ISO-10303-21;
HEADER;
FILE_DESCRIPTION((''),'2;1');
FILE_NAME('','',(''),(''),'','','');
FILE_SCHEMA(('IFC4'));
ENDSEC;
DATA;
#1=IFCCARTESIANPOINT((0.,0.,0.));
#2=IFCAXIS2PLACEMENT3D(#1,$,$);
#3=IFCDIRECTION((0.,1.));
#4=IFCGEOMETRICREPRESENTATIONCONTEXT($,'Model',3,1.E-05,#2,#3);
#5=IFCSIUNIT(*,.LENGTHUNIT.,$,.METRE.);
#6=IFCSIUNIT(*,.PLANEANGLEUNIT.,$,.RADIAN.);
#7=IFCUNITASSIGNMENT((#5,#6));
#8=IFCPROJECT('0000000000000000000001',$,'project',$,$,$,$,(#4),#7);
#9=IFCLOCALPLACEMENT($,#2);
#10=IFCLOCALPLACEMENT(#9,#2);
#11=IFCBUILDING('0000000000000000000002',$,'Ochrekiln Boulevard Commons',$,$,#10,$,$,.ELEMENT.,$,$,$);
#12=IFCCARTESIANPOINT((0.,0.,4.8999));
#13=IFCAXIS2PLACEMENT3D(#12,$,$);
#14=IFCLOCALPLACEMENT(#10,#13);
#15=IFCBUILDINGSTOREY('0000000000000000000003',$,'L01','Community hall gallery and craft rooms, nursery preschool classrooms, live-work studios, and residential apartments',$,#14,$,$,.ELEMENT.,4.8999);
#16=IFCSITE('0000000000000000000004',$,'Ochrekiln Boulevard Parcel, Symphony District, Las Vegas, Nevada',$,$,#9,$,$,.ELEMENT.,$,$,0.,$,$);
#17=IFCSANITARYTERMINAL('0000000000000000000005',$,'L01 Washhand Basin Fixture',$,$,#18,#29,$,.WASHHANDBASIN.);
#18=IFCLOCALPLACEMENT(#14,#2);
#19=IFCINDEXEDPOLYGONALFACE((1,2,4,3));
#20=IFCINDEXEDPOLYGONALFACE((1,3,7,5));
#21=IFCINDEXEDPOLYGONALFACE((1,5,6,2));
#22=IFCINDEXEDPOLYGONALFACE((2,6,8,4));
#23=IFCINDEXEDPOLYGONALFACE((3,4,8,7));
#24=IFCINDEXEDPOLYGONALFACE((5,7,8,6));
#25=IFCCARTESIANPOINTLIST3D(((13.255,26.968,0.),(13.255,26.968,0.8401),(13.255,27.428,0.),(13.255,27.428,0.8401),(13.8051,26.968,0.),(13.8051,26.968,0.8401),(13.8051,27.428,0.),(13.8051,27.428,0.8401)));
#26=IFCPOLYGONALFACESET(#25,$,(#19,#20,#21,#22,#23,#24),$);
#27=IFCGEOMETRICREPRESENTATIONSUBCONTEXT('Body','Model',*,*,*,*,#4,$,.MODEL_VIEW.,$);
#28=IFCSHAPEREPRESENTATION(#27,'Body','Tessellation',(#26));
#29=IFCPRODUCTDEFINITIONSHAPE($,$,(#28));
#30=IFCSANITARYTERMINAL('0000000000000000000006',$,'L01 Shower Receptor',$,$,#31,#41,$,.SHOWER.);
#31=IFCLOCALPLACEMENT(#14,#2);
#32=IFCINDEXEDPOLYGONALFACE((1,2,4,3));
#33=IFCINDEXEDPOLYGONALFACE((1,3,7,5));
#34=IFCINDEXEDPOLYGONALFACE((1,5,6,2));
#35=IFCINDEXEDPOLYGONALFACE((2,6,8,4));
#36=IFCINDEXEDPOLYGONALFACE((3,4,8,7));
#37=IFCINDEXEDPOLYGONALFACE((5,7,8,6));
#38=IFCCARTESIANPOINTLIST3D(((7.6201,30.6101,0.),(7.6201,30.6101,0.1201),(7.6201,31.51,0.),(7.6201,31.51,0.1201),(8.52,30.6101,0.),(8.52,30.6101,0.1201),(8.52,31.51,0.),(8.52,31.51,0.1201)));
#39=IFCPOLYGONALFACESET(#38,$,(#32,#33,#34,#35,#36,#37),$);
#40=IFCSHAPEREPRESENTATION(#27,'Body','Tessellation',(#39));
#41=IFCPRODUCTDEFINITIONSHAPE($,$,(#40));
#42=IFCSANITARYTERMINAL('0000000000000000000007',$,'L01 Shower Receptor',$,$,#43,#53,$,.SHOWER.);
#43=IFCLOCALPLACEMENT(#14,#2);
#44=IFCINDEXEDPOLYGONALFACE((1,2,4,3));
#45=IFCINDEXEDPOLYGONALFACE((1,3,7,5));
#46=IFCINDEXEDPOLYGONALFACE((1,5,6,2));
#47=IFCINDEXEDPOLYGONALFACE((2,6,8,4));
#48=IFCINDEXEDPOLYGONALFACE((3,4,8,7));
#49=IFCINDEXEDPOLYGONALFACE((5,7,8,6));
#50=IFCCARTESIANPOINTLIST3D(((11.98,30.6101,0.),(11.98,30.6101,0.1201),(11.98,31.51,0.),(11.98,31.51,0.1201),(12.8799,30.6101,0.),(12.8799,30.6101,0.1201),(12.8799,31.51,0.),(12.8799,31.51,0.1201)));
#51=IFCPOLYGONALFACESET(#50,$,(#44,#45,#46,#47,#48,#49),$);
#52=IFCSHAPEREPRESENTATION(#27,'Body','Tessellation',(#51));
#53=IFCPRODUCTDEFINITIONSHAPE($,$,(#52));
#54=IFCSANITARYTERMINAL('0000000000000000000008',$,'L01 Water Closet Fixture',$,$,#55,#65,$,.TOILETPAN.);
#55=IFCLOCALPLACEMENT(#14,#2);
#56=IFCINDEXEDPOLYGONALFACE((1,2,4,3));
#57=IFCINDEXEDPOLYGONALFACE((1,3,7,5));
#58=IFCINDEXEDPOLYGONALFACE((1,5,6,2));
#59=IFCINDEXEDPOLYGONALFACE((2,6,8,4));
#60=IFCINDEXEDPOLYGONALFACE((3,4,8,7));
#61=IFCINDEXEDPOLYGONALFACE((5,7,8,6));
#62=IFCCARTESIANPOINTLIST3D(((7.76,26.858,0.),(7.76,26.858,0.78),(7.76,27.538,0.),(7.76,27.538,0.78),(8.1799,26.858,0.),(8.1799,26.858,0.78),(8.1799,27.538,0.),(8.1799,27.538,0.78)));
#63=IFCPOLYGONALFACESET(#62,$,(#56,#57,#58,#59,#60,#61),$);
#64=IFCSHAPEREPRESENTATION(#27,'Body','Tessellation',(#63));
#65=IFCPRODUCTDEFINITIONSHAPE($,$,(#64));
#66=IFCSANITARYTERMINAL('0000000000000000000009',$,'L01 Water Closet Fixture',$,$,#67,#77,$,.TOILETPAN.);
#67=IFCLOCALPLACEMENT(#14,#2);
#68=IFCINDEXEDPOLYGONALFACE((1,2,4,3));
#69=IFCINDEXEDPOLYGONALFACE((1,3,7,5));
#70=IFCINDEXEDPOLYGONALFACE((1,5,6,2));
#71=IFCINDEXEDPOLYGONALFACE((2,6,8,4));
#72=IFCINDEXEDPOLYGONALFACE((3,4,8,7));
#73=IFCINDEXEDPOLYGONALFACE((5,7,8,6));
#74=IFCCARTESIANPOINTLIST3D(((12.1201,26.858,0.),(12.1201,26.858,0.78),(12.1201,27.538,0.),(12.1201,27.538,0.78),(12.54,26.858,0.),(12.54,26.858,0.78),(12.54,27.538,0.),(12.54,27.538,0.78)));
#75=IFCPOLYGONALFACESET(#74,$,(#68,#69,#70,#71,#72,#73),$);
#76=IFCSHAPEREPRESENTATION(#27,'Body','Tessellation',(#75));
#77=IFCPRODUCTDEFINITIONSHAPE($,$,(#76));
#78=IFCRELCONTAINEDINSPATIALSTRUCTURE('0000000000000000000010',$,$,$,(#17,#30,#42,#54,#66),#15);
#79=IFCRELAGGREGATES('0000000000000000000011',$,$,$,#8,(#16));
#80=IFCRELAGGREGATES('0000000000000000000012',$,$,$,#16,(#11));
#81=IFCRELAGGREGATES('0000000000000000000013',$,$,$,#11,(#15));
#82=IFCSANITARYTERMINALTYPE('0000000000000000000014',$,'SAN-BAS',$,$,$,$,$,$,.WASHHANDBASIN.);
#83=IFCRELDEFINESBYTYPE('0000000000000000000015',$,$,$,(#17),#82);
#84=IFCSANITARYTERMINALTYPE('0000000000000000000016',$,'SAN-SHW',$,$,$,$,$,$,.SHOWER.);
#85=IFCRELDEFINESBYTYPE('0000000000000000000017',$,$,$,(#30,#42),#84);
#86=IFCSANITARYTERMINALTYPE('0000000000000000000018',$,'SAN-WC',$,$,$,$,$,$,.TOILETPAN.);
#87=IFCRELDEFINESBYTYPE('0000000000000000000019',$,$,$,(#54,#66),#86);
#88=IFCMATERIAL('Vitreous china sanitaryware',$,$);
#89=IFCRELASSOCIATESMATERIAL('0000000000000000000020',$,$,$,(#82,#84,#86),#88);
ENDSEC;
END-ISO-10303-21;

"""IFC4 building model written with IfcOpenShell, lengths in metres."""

from ifc_helpers import new_model, si_unit, direction, frame, origin, origin_2d, place, context, subcontext, project, spatial, rectangle, extrude, material, type_object, element, save


model = new_model("IFC4")

# Units and contexts
model_context = context("Model", 3, precision=1e-05, world=origin(), true_north=direction((0.0, 1.0)))
body_context = subcontext(model_context, "Body", "Model", "MODEL_VIEW")
ifc_project = project(units=[si_unit("LENGTHUNIT", "METRE"), si_unit("PLANEANGLEUNIT", "RADIAN")], contexts=[model_context])

# Site, building, storey
site_placement = place(None, origin())
site = spatial("IfcSite", under=ifc_project, at=site_placement, Name="Ochrekiln Boulevard Parcel, Symphony District, Las Vegas, Nevada", CompositionType="ELEMENT", RefElevation=0.0)
building_placement = place(site_placement, origin())
building = spatial("IfcBuilding", under=site, at=building_placement, Name="Ochrekiln Boulevard Commons", CompositionType="ELEMENT")
storey_placement = place(building_placement, frame((0.0, 0.0, 4.8999)))
storey = spatial("IfcBuildingStorey", under=building, at=storey_placement, Name="L01", Description="Community hall gallery and craft rooms, nursery preschool classrooms, live-work studios, and residential apartments", CompositionType="ELEMENT", Elevation=4.8999)

# Sanitary terminals
ifc_material_1 = material(Name="Vitreous china sanitaryware")
sanitary_terminal_type_1 = type_object("IfcSanitaryTerminalType", Name="SAN-BAS", PredefinedType="WASHHANDBASIN", material=ifc_material_1)
for number, where, z_axis, x_axis, name in (
    (1, (13.53, 27.198, 0.0), (0.0, 0.0, 1.0), (1.0, 0.0, 0.0), "L01 Washhand Basin Fixture"),
):
    element("IfcSanitaryTerminal", number, at=place(storey_placement, frame(where, z_axis=z_axis, x_axis=x_axis)), inside=storey, type_object=sanitary_terminal_type_1, Name=name, PredefinedType="WASHHANDBASIN", context=body_context, shape_type="SweptSolid", body=[
        extrude(rectangle(XDim=0.55, YDim=0.46, at=origin_2d()), origin(), (0.0, 0.0, 1.0), 0.8401),
    ])
sanitary_terminal_type_2 = type_object("IfcSanitaryTerminalType", Name="SAN-SHW", PredefinedType="SHOWER", material=ifc_material_1)
for number, where, z_axis, x_axis, name in (
    (2, (8.0701, 31.0601, 0.0), (0.0, 0.0, 1.0), (1.0, 0.0, 0.0), "L01 Shower Receptor"),
    (3, (12.4299, 31.0601, 0.0), (0.0, 0.0, 1.0), (1.0, 0.0, 0.0), "L01 Shower Receptor"),
):
    element("IfcSanitaryTerminal", number, at=place(storey_placement, frame(where, z_axis=z_axis, x_axis=x_axis)), inside=storey, type_object=sanitary_terminal_type_2, Name=name, PredefinedType="SHOWER", context=body_context, shape_type="SweptSolid", body=[
        extrude(rectangle(XDim=0.8999, YDim=0.8999, at=origin_2d()), origin(), (0.0, 0.0, 1.0), 0.1201),
    ])
sanitary_terminal_type_3 = type_object("IfcSanitaryTerminalType", Name="SAN-WC", PredefinedType="TOILETPAN", material=ifc_material_1)
for number, where, z_axis, x_axis, name in (
    (4, (7.97, 27.198, 0.0), (0.0, 0.0, 1.0), (1.0, 0.0, 0.0), "L01 Water Closet Fixture"),
    (5, (12.3301, 27.198, 0.0), (0.0, 0.0, 1.0), (1.0, 0.0, 0.0), "L01 Water Closet Fixture"),
):
    element("IfcSanitaryTerminal", number, at=place(storey_placement, frame(where, z_axis=z_axis, x_axis=x_axis)), inside=storey, type_object=sanitary_terminal_type_3, Name=name, PredefinedType="TOILETPAN", context=body_context, shape_type="SweptSolid", body=[
        extrude(rectangle(XDim=0.4199, YDim=0.6799, at=origin_2d()), origin(), (0.0, 0.0, 1.0), 0.78),
    ])

save(model, "model.ifc")
